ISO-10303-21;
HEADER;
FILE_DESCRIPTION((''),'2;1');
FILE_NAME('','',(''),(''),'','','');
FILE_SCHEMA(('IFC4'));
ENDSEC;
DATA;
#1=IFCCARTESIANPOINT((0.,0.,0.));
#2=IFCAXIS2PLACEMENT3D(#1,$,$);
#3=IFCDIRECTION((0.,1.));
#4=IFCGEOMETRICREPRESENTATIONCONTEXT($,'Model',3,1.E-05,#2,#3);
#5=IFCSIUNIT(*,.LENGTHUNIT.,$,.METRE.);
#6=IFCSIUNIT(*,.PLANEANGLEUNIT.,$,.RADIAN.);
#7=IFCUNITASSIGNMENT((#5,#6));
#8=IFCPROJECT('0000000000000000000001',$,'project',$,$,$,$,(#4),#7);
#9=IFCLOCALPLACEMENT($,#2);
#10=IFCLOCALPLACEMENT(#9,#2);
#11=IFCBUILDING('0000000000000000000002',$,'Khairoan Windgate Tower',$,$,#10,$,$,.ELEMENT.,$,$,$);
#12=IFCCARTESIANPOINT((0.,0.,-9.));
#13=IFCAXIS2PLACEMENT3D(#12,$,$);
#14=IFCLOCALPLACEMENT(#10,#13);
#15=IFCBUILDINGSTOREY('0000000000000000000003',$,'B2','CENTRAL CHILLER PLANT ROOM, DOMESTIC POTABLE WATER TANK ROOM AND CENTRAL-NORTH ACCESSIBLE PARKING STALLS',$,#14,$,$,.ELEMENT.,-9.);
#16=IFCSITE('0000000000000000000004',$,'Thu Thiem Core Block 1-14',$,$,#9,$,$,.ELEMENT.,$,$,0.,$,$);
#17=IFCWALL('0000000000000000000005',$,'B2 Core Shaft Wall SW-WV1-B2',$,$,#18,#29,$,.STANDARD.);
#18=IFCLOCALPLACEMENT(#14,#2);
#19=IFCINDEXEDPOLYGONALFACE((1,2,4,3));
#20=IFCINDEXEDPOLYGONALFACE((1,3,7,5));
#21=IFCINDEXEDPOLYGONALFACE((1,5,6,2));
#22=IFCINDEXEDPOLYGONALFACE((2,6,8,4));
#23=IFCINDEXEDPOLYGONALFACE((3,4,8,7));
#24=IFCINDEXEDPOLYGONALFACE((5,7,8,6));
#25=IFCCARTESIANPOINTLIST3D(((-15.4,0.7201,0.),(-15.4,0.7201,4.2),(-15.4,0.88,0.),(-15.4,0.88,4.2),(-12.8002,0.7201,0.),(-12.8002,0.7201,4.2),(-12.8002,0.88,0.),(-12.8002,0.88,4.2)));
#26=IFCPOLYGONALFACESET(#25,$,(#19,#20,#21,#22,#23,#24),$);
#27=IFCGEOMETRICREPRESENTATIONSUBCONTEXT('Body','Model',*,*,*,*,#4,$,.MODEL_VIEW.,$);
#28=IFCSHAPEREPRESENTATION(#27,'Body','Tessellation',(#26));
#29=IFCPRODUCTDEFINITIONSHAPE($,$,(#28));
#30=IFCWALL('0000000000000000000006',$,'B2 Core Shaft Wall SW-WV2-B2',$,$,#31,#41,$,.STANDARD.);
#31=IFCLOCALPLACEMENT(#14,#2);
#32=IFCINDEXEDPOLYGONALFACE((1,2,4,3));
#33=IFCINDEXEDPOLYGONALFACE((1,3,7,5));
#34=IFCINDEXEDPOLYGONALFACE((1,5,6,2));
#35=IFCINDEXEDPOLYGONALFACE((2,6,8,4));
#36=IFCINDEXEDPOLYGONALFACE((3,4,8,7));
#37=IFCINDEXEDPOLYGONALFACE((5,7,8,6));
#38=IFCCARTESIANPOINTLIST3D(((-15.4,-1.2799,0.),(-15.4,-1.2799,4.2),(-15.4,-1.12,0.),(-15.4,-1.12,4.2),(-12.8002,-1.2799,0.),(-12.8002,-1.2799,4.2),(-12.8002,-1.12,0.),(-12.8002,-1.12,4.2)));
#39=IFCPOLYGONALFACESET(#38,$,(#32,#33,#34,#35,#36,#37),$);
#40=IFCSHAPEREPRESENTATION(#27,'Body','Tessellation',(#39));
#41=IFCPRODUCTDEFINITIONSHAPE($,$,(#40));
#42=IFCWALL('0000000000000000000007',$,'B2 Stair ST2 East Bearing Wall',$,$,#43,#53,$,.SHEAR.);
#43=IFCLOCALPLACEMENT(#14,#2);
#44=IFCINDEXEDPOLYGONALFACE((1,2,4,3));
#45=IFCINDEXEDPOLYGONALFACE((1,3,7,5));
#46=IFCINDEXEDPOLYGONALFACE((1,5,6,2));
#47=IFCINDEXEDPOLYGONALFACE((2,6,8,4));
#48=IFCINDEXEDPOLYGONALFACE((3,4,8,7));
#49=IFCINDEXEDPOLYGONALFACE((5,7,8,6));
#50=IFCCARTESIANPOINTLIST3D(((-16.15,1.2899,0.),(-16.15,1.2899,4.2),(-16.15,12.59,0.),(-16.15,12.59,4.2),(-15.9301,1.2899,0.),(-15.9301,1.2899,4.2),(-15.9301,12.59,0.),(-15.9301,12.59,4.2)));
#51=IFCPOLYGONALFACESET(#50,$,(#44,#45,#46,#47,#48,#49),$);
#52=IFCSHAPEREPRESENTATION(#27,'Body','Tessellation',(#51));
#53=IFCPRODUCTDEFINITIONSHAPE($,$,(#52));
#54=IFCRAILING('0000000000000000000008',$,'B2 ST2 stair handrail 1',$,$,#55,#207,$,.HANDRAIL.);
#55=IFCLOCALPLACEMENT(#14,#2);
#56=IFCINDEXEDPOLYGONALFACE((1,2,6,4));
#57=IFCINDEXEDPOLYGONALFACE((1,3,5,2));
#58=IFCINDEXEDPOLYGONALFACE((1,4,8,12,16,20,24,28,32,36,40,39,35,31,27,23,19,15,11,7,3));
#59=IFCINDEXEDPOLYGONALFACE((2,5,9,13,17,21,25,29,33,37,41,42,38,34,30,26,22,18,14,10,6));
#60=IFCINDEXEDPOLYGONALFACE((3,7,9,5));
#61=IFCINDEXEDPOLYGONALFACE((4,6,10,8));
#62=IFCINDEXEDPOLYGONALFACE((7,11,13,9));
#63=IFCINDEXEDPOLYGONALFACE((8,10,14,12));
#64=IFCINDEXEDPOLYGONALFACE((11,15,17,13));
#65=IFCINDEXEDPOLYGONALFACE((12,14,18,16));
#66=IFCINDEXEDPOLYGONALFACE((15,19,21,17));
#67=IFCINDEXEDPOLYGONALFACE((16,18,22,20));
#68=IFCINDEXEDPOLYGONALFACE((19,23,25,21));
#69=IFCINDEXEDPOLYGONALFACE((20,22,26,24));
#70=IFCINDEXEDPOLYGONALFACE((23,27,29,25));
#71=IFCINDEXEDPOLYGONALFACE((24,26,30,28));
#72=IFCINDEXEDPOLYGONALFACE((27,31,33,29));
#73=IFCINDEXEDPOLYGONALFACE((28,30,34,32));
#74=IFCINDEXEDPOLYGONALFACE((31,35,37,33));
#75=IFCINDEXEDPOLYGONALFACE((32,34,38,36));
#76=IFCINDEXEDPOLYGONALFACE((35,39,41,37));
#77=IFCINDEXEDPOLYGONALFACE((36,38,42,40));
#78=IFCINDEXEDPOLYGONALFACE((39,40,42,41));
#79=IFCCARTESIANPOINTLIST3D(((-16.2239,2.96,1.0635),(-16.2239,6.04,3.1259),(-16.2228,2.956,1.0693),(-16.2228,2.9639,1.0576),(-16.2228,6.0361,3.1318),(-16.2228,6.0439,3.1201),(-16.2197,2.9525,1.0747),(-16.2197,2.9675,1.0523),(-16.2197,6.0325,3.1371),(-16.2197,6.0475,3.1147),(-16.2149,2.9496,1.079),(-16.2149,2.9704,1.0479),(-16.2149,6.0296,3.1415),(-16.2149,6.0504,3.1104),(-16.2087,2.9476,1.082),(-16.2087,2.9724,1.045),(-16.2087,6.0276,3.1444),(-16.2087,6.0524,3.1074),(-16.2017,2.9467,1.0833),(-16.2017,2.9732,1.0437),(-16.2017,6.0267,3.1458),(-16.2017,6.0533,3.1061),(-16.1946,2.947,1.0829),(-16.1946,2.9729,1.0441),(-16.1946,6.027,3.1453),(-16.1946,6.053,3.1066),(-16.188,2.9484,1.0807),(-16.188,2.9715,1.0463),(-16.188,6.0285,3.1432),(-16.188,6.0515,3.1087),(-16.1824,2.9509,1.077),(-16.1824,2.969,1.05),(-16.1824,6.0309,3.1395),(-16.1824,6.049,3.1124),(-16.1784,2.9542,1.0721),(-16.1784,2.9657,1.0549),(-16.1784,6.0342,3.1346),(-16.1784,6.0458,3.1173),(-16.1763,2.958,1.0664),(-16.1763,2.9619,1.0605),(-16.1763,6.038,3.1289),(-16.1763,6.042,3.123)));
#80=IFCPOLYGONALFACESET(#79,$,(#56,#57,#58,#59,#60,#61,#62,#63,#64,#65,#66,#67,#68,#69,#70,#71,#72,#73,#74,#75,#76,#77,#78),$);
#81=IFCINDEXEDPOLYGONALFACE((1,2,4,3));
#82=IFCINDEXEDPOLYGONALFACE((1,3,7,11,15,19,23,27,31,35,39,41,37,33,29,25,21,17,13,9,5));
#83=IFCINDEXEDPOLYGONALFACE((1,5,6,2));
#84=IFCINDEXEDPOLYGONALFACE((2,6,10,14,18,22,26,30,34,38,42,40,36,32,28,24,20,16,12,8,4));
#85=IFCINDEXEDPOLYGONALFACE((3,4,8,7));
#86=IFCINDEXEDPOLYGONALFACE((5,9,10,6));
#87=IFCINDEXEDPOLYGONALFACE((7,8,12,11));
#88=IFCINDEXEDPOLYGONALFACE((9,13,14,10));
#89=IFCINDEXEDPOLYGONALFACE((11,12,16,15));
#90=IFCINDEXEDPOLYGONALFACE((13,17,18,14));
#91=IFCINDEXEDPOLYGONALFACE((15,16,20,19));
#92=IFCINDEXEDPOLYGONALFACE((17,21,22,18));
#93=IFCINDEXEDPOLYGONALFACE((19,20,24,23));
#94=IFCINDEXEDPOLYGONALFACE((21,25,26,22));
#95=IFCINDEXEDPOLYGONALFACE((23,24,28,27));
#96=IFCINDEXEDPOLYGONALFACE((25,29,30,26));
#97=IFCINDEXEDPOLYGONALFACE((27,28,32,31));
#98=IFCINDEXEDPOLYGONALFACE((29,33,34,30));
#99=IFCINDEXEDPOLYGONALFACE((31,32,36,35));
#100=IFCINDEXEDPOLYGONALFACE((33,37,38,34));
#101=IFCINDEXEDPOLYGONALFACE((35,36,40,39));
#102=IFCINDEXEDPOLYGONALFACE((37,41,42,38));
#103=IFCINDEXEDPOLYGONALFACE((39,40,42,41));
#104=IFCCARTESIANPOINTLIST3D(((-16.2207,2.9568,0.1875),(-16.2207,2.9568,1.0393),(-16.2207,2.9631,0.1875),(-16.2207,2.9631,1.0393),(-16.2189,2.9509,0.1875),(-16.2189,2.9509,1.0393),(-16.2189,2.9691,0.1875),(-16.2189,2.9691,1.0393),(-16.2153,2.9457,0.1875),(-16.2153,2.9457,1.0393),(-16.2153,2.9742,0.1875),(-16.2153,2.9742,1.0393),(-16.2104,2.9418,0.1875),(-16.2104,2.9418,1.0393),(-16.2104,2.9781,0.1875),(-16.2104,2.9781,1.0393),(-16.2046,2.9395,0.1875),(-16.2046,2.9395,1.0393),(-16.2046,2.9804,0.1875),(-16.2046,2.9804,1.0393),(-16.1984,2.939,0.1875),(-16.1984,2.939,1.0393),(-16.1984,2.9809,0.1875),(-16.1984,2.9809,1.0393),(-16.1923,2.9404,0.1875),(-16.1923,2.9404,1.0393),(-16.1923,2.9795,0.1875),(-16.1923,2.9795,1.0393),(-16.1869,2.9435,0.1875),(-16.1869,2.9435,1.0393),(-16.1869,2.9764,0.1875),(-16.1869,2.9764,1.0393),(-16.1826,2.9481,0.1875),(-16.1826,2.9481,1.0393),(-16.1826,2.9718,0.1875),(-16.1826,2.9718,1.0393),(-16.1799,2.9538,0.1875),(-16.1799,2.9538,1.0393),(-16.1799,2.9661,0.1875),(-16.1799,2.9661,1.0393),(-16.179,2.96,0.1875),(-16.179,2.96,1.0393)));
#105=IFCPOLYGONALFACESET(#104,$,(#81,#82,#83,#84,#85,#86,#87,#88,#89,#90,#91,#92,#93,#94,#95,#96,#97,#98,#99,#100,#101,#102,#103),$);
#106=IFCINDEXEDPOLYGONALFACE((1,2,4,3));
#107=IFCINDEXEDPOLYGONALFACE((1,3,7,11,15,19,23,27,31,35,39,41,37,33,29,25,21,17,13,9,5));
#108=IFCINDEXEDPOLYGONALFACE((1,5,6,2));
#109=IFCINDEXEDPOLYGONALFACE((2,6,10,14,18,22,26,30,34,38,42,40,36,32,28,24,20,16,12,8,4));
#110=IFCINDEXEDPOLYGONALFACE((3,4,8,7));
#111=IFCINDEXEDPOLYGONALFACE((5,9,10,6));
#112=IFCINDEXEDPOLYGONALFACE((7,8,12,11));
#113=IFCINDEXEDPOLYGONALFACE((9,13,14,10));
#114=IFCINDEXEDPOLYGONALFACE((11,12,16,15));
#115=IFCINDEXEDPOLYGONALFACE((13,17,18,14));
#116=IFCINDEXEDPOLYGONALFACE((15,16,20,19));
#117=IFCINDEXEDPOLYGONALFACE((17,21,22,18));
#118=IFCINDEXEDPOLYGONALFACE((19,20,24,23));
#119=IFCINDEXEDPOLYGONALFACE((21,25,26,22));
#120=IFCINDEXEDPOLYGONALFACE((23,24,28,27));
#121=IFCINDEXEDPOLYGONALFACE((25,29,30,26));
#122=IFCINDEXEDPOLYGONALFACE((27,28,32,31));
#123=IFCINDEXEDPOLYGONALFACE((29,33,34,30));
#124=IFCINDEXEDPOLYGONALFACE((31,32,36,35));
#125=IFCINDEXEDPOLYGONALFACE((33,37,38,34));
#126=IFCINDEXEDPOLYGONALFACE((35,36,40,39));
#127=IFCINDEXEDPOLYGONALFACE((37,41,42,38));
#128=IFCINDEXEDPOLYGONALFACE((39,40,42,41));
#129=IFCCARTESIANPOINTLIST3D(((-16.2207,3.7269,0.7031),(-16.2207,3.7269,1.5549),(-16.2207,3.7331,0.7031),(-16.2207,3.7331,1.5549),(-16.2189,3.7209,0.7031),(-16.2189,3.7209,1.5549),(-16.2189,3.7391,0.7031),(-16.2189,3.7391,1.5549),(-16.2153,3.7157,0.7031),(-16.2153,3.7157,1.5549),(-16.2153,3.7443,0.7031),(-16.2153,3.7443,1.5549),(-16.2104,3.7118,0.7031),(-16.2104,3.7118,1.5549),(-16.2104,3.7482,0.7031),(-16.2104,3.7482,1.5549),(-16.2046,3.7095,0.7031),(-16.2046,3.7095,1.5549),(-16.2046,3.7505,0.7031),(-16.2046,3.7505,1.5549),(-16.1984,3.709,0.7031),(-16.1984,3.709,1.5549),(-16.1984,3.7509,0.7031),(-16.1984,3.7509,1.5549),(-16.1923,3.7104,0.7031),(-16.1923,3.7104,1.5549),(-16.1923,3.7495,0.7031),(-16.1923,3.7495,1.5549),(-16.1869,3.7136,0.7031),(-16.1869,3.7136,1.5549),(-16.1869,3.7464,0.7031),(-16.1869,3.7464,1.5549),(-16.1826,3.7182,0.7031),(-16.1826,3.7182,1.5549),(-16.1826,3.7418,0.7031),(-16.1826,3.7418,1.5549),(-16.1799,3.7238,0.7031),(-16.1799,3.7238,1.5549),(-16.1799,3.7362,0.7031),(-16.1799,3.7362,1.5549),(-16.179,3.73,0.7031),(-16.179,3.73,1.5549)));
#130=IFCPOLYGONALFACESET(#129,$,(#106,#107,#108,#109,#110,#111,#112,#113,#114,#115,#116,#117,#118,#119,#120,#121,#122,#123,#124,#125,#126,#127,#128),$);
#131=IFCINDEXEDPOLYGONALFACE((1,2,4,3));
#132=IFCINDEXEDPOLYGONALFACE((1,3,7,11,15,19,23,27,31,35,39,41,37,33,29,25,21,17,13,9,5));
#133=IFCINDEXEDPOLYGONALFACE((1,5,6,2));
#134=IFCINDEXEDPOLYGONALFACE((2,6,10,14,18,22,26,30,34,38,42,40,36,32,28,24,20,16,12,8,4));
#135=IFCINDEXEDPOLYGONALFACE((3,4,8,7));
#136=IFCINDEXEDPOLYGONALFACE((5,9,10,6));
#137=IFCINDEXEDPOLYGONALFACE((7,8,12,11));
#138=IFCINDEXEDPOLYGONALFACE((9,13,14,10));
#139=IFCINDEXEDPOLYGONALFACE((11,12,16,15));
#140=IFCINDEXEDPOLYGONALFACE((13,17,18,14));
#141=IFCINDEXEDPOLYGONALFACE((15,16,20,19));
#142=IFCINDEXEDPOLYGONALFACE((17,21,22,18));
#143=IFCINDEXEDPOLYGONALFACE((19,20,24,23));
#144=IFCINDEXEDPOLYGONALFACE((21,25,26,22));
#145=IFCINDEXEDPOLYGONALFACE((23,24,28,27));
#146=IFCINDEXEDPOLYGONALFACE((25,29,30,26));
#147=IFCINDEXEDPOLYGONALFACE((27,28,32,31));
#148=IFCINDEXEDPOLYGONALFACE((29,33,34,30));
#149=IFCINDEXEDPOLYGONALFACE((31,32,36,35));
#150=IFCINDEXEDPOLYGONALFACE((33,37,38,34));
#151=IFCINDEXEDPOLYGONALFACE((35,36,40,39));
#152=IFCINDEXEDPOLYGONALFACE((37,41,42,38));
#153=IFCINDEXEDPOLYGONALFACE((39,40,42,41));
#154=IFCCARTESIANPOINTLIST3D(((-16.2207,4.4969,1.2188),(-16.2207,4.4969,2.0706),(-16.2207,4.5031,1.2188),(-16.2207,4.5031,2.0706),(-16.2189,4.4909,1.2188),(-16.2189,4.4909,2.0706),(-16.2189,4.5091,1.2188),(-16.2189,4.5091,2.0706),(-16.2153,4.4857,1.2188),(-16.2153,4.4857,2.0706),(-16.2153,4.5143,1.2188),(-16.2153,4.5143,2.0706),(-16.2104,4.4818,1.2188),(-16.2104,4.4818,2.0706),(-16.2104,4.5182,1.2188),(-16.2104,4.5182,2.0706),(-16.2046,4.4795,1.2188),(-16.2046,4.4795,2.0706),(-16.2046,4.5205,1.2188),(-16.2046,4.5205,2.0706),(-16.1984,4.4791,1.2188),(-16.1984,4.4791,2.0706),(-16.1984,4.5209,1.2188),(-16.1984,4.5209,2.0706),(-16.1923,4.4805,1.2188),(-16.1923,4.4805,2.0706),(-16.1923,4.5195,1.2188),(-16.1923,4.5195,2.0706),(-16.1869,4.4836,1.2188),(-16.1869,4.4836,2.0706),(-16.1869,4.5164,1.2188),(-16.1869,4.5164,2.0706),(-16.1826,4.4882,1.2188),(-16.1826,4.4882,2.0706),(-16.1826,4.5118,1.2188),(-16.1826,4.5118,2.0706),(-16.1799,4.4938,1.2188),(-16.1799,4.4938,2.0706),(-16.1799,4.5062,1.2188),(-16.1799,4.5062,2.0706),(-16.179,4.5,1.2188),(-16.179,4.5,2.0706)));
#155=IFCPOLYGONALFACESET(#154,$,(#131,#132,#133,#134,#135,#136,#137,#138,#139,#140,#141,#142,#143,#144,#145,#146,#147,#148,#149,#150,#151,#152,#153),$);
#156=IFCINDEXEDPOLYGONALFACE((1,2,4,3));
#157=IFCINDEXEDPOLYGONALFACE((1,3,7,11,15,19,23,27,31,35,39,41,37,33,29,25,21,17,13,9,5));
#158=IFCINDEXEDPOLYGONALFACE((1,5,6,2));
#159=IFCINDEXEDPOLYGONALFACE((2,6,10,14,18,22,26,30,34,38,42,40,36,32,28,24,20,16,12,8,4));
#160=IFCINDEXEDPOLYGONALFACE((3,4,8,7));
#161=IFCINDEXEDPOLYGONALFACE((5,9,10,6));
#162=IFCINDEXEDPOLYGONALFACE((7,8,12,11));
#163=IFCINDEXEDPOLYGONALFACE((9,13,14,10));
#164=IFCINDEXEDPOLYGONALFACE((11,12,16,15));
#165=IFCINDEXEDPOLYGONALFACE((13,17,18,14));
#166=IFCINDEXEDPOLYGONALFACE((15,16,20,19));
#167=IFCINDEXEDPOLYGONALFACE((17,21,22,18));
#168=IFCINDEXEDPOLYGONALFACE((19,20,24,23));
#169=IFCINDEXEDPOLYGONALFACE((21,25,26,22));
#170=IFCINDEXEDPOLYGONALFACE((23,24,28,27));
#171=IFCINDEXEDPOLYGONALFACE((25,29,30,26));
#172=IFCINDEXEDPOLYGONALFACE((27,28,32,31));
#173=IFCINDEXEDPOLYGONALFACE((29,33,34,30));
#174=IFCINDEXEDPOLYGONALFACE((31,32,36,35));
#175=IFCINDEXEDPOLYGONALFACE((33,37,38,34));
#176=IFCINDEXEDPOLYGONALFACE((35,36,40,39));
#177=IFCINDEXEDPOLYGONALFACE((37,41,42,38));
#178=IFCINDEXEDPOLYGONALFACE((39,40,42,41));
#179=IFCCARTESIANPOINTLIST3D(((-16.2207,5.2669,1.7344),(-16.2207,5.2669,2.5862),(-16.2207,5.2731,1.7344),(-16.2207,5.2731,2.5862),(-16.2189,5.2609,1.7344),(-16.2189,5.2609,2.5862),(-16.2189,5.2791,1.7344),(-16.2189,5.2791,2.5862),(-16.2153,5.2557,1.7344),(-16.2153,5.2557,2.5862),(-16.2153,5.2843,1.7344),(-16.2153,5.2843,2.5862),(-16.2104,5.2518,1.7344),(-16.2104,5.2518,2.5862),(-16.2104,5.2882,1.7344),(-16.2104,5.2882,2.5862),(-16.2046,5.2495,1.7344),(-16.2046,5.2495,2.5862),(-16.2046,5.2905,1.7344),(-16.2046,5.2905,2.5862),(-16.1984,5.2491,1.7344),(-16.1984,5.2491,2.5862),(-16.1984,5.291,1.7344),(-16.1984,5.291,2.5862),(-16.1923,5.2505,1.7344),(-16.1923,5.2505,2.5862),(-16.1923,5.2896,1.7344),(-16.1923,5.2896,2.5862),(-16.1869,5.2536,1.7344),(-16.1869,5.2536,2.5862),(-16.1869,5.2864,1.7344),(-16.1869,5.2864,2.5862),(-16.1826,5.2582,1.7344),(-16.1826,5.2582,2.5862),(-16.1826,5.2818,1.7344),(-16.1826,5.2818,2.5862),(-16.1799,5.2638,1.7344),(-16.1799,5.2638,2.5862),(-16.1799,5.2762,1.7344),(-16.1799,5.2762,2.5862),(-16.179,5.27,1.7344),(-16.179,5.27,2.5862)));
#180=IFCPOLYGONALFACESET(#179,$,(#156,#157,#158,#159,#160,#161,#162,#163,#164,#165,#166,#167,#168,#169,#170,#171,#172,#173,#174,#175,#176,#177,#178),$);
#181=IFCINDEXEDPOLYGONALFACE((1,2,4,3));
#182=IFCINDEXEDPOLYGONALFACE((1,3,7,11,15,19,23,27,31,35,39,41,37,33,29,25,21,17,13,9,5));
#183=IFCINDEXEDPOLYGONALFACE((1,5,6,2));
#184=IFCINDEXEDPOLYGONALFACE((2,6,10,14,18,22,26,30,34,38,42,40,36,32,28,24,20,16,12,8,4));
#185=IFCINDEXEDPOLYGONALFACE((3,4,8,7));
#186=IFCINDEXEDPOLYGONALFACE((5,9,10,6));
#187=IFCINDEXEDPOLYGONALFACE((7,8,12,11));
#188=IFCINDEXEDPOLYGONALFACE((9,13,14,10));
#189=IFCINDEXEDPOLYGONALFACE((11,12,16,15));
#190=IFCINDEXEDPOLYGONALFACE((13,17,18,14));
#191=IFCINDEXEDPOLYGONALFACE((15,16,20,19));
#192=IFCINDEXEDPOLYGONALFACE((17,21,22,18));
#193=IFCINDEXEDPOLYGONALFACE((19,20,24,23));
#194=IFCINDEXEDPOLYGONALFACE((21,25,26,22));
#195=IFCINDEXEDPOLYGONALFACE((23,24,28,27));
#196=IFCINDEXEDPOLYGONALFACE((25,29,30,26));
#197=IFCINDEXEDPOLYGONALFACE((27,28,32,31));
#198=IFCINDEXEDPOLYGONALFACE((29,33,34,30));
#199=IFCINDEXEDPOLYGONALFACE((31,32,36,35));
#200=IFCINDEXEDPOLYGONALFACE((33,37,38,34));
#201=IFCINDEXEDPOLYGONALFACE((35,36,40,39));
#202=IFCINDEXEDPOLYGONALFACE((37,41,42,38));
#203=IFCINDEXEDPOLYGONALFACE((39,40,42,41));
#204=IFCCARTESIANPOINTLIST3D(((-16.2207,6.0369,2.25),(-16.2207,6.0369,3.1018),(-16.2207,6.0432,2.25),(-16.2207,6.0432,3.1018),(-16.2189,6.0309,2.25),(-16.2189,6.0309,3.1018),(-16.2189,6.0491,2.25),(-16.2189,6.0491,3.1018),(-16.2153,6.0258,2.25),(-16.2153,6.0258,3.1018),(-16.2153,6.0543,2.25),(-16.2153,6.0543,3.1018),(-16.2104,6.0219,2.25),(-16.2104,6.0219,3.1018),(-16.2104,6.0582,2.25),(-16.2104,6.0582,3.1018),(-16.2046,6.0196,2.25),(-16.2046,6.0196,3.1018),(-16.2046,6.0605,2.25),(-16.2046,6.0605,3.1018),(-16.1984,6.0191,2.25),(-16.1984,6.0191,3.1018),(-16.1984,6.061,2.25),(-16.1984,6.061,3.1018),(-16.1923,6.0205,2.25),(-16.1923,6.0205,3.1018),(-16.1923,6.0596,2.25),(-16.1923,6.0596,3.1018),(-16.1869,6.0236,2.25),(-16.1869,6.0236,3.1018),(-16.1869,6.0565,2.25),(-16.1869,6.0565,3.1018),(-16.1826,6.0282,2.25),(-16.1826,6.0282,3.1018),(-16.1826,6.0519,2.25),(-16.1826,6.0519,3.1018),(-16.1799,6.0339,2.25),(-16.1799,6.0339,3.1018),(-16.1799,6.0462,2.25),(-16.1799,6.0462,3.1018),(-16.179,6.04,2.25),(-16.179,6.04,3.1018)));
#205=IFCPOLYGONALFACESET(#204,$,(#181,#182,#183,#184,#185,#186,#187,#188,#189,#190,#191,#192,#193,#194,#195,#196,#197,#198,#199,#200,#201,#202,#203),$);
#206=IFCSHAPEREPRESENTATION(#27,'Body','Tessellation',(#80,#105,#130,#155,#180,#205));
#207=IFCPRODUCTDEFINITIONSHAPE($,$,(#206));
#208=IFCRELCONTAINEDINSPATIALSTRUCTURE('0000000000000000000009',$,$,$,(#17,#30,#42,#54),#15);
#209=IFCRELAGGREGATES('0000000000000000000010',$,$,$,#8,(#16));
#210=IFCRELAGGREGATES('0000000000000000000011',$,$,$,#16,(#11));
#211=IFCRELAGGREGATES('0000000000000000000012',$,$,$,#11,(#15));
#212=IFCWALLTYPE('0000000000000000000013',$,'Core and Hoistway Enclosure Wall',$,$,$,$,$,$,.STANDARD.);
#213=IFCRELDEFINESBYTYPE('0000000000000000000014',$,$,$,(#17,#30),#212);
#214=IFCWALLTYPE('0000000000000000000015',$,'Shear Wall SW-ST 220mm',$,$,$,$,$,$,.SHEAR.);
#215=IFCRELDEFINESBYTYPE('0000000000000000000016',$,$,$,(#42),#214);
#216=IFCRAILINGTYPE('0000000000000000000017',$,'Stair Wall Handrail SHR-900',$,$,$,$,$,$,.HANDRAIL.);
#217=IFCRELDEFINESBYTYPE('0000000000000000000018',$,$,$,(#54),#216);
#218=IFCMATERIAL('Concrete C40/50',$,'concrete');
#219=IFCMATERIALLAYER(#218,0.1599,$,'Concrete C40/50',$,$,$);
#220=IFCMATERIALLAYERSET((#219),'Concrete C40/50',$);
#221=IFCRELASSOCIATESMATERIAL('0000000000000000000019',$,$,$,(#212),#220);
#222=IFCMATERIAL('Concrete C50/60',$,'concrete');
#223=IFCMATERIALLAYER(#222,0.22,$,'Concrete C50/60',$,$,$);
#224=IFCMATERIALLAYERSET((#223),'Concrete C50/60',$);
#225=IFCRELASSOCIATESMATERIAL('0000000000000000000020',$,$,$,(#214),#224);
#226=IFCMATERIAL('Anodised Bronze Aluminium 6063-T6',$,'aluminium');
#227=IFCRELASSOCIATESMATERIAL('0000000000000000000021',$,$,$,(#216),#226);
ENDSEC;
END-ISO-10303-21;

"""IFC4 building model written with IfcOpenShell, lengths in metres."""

from ifc_helpers import new_model, si_unit, direction, frame, frame_2d, origin, origin_2d, place, context, subcontext, project, spatial, rectangle, circle, extrude, material, layer, layer_set, type_object, element, save


model = new_model("IFC4")

# Units and contexts
model_context = context("Model", 3, precision=1e-05, world=origin(), true_north=direction((0.0, 1.0)))
body_context = subcontext(model_context, "Body", "Model", "MODEL_VIEW")
ifc_project = project(units=[si_unit("LENGTHUNIT", "METRE"), si_unit("PLANEANGLEUNIT", "RADIAN")], contexts=[model_context])

# Site, building, storey
site_placement = place(None, origin())
site = spatial("IfcSite", under=ifc_project, at=site_placement, Name="Thu Thiem Core Block 1-14", CompositionType="ELEMENT", RefElevation=0.0)
building_placement = place(site_placement, origin())
building = spatial("IfcBuilding", under=site, at=building_placement, Name="Khairoan Windgate Tower", CompositionType="ELEMENT")
storey_placement = place(building_placement, frame((0.0, 0.0, -9.0)))
storey = spatial("IfcBuildingStorey", under=building, at=storey_placement, Name="B2", Description="CENTRAL CHILLER PLANT ROOM, DOMESTIC POTABLE WATER TANK ROOM AND CENTRAL-NORTH ACCESSIBLE PARKING STALLS", CompositionType="ELEMENT", Elevation=-9.0)

# Walls
ifc_material_1 = material(Name="Concrete C40/50", Category="concrete")
ifc_layer_1 = layer(ifc_material_1, 0.1599, Name="Concrete C40/50")
ifc_layer_set_1 = layer_set([ifc_layer_1], Name="Concrete C40/50")
wall_type_1 = type_object("IfcWallType", Name="Core and Hoistway Enclosure Wall", PredefinedType="STANDARD", material=ifc_layer_set_1)
for number, where, z_axis, x_axis, name in (
    (1, (-15.3999, 0.8, 0.0), (0.0, 0.0, 1.0), (1.0, 0.0, 0.0), "B2 Core Shaft Wall SW-WV1-B2"),
    (2, (-15.3999, -1.2, 0.0), (0.0, 0.0, 1.0), (1.0, 0.0, 0.0), "B2 Core Shaft Wall SW-WV2-B2"),
):
    element("IfcWall", number, at=place(storey_placement, frame(where, z_axis=z_axis, x_axis=x_axis)), inside=storey, type_object=wall_type_1, Name=name, PredefinedType="STANDARD", context=body_context, shape_type="SweptSolid", body=[
        extrude(rectangle(XDim=2.5999, YDim=0.1599, at=frame_2d((1.2998, 0.0))), origin(), (0.0, 0.0, 1.0), 4.2),
    ])
ifc_material_2 = material(Name="Concrete C50/60", Category="concrete")
ifc_layer_2 = layer(ifc_material_2, 0.22, Name="Concrete C50/60")
ifc_layer_set_2 = layer_set([ifc_layer_2], Name="Concrete C50/60")
wall_type_2 = type_object("IfcWallType", Name="Shear Wall SW-ST 220mm", PredefinedType="SHEAR", material=ifc_layer_set_2)
wall_placement = place(storey_placement, frame((-16.04, 1.29, 0.0), z_axis=(0.0, 0.0, 1.0), x_axis=(0.0, 1.0, 0.0)))
element("IfcWall", 3, at=wall_placement, inside=storey, type_object=wall_type_2, Name="B2 Stair ST2 East Bearing Wall", PredefinedType="SHEAR", context=body_context, shape_type="SweptSolid", body=[
    extrude(rectangle(XDim=11.3, YDim=0.22, at=frame_2d((5.6499, 0.0))), origin(), (0.0, 0.0, 1.0), 4.2),
])

# Railing
ifc_material_3 = material(Name="Anodised Bronze Aluminium 6063-T6", Category="aluminium")
railing_type_1 = type_object("IfcRailingType", Name="Stair Wall Handrail SHR-900", PredefinedType="HANDRAIL", material=ifc_material_3)
railing_1_placement = place(storey_placement, frame((-16.2, 2.96, 0.1875)))
element("IfcRailing", 4, at=railing_1_placement, inside=storey, type_object=railing_type_1, Name="B2 ST2 stair handrail 1", PredefinedType="HANDRAIL", context=body_context, shape_type="SweptSolid", body=[
    extrude(circle(Radius=0.0239, at=origin_2d()), frame((0.0, 0.0, 0.876), z_axis=(0.0, 0.830914, 0.556401), x_axis=(-1.0, 0.0, 0.0)), (0.0, 0.0, 1.0), 3.7068),
    extrude(circle(Radius=0.021, at=origin_2d()), origin(), (0.0, 0.0, 1.0), 0.8518),
    extrude(circle(Radius=0.021, at=origin_2d()), frame((0.0, 0.77, 0.5156)), (0.0, 0.0, 1.0), 0.8518),
    extrude(circle(Radius=0.021, at=origin_2d()), frame((0.0, 1.54, 1.0312)), (0.0, 0.0, 1.0), 0.8518),
    extrude(circle(Radius=0.021, at=origin_2d()), frame((0.0, 2.3101, 1.5469)), (0.0, 0.0, 1.0), 0.8518),
    extrude(circle(Radius=0.021, at=origin_2d()), frame((0.0, 3.0801, 2.0625)), (0.0, 0.0, 1.0), 0.8518),
])

save(model, "model.ifc")
